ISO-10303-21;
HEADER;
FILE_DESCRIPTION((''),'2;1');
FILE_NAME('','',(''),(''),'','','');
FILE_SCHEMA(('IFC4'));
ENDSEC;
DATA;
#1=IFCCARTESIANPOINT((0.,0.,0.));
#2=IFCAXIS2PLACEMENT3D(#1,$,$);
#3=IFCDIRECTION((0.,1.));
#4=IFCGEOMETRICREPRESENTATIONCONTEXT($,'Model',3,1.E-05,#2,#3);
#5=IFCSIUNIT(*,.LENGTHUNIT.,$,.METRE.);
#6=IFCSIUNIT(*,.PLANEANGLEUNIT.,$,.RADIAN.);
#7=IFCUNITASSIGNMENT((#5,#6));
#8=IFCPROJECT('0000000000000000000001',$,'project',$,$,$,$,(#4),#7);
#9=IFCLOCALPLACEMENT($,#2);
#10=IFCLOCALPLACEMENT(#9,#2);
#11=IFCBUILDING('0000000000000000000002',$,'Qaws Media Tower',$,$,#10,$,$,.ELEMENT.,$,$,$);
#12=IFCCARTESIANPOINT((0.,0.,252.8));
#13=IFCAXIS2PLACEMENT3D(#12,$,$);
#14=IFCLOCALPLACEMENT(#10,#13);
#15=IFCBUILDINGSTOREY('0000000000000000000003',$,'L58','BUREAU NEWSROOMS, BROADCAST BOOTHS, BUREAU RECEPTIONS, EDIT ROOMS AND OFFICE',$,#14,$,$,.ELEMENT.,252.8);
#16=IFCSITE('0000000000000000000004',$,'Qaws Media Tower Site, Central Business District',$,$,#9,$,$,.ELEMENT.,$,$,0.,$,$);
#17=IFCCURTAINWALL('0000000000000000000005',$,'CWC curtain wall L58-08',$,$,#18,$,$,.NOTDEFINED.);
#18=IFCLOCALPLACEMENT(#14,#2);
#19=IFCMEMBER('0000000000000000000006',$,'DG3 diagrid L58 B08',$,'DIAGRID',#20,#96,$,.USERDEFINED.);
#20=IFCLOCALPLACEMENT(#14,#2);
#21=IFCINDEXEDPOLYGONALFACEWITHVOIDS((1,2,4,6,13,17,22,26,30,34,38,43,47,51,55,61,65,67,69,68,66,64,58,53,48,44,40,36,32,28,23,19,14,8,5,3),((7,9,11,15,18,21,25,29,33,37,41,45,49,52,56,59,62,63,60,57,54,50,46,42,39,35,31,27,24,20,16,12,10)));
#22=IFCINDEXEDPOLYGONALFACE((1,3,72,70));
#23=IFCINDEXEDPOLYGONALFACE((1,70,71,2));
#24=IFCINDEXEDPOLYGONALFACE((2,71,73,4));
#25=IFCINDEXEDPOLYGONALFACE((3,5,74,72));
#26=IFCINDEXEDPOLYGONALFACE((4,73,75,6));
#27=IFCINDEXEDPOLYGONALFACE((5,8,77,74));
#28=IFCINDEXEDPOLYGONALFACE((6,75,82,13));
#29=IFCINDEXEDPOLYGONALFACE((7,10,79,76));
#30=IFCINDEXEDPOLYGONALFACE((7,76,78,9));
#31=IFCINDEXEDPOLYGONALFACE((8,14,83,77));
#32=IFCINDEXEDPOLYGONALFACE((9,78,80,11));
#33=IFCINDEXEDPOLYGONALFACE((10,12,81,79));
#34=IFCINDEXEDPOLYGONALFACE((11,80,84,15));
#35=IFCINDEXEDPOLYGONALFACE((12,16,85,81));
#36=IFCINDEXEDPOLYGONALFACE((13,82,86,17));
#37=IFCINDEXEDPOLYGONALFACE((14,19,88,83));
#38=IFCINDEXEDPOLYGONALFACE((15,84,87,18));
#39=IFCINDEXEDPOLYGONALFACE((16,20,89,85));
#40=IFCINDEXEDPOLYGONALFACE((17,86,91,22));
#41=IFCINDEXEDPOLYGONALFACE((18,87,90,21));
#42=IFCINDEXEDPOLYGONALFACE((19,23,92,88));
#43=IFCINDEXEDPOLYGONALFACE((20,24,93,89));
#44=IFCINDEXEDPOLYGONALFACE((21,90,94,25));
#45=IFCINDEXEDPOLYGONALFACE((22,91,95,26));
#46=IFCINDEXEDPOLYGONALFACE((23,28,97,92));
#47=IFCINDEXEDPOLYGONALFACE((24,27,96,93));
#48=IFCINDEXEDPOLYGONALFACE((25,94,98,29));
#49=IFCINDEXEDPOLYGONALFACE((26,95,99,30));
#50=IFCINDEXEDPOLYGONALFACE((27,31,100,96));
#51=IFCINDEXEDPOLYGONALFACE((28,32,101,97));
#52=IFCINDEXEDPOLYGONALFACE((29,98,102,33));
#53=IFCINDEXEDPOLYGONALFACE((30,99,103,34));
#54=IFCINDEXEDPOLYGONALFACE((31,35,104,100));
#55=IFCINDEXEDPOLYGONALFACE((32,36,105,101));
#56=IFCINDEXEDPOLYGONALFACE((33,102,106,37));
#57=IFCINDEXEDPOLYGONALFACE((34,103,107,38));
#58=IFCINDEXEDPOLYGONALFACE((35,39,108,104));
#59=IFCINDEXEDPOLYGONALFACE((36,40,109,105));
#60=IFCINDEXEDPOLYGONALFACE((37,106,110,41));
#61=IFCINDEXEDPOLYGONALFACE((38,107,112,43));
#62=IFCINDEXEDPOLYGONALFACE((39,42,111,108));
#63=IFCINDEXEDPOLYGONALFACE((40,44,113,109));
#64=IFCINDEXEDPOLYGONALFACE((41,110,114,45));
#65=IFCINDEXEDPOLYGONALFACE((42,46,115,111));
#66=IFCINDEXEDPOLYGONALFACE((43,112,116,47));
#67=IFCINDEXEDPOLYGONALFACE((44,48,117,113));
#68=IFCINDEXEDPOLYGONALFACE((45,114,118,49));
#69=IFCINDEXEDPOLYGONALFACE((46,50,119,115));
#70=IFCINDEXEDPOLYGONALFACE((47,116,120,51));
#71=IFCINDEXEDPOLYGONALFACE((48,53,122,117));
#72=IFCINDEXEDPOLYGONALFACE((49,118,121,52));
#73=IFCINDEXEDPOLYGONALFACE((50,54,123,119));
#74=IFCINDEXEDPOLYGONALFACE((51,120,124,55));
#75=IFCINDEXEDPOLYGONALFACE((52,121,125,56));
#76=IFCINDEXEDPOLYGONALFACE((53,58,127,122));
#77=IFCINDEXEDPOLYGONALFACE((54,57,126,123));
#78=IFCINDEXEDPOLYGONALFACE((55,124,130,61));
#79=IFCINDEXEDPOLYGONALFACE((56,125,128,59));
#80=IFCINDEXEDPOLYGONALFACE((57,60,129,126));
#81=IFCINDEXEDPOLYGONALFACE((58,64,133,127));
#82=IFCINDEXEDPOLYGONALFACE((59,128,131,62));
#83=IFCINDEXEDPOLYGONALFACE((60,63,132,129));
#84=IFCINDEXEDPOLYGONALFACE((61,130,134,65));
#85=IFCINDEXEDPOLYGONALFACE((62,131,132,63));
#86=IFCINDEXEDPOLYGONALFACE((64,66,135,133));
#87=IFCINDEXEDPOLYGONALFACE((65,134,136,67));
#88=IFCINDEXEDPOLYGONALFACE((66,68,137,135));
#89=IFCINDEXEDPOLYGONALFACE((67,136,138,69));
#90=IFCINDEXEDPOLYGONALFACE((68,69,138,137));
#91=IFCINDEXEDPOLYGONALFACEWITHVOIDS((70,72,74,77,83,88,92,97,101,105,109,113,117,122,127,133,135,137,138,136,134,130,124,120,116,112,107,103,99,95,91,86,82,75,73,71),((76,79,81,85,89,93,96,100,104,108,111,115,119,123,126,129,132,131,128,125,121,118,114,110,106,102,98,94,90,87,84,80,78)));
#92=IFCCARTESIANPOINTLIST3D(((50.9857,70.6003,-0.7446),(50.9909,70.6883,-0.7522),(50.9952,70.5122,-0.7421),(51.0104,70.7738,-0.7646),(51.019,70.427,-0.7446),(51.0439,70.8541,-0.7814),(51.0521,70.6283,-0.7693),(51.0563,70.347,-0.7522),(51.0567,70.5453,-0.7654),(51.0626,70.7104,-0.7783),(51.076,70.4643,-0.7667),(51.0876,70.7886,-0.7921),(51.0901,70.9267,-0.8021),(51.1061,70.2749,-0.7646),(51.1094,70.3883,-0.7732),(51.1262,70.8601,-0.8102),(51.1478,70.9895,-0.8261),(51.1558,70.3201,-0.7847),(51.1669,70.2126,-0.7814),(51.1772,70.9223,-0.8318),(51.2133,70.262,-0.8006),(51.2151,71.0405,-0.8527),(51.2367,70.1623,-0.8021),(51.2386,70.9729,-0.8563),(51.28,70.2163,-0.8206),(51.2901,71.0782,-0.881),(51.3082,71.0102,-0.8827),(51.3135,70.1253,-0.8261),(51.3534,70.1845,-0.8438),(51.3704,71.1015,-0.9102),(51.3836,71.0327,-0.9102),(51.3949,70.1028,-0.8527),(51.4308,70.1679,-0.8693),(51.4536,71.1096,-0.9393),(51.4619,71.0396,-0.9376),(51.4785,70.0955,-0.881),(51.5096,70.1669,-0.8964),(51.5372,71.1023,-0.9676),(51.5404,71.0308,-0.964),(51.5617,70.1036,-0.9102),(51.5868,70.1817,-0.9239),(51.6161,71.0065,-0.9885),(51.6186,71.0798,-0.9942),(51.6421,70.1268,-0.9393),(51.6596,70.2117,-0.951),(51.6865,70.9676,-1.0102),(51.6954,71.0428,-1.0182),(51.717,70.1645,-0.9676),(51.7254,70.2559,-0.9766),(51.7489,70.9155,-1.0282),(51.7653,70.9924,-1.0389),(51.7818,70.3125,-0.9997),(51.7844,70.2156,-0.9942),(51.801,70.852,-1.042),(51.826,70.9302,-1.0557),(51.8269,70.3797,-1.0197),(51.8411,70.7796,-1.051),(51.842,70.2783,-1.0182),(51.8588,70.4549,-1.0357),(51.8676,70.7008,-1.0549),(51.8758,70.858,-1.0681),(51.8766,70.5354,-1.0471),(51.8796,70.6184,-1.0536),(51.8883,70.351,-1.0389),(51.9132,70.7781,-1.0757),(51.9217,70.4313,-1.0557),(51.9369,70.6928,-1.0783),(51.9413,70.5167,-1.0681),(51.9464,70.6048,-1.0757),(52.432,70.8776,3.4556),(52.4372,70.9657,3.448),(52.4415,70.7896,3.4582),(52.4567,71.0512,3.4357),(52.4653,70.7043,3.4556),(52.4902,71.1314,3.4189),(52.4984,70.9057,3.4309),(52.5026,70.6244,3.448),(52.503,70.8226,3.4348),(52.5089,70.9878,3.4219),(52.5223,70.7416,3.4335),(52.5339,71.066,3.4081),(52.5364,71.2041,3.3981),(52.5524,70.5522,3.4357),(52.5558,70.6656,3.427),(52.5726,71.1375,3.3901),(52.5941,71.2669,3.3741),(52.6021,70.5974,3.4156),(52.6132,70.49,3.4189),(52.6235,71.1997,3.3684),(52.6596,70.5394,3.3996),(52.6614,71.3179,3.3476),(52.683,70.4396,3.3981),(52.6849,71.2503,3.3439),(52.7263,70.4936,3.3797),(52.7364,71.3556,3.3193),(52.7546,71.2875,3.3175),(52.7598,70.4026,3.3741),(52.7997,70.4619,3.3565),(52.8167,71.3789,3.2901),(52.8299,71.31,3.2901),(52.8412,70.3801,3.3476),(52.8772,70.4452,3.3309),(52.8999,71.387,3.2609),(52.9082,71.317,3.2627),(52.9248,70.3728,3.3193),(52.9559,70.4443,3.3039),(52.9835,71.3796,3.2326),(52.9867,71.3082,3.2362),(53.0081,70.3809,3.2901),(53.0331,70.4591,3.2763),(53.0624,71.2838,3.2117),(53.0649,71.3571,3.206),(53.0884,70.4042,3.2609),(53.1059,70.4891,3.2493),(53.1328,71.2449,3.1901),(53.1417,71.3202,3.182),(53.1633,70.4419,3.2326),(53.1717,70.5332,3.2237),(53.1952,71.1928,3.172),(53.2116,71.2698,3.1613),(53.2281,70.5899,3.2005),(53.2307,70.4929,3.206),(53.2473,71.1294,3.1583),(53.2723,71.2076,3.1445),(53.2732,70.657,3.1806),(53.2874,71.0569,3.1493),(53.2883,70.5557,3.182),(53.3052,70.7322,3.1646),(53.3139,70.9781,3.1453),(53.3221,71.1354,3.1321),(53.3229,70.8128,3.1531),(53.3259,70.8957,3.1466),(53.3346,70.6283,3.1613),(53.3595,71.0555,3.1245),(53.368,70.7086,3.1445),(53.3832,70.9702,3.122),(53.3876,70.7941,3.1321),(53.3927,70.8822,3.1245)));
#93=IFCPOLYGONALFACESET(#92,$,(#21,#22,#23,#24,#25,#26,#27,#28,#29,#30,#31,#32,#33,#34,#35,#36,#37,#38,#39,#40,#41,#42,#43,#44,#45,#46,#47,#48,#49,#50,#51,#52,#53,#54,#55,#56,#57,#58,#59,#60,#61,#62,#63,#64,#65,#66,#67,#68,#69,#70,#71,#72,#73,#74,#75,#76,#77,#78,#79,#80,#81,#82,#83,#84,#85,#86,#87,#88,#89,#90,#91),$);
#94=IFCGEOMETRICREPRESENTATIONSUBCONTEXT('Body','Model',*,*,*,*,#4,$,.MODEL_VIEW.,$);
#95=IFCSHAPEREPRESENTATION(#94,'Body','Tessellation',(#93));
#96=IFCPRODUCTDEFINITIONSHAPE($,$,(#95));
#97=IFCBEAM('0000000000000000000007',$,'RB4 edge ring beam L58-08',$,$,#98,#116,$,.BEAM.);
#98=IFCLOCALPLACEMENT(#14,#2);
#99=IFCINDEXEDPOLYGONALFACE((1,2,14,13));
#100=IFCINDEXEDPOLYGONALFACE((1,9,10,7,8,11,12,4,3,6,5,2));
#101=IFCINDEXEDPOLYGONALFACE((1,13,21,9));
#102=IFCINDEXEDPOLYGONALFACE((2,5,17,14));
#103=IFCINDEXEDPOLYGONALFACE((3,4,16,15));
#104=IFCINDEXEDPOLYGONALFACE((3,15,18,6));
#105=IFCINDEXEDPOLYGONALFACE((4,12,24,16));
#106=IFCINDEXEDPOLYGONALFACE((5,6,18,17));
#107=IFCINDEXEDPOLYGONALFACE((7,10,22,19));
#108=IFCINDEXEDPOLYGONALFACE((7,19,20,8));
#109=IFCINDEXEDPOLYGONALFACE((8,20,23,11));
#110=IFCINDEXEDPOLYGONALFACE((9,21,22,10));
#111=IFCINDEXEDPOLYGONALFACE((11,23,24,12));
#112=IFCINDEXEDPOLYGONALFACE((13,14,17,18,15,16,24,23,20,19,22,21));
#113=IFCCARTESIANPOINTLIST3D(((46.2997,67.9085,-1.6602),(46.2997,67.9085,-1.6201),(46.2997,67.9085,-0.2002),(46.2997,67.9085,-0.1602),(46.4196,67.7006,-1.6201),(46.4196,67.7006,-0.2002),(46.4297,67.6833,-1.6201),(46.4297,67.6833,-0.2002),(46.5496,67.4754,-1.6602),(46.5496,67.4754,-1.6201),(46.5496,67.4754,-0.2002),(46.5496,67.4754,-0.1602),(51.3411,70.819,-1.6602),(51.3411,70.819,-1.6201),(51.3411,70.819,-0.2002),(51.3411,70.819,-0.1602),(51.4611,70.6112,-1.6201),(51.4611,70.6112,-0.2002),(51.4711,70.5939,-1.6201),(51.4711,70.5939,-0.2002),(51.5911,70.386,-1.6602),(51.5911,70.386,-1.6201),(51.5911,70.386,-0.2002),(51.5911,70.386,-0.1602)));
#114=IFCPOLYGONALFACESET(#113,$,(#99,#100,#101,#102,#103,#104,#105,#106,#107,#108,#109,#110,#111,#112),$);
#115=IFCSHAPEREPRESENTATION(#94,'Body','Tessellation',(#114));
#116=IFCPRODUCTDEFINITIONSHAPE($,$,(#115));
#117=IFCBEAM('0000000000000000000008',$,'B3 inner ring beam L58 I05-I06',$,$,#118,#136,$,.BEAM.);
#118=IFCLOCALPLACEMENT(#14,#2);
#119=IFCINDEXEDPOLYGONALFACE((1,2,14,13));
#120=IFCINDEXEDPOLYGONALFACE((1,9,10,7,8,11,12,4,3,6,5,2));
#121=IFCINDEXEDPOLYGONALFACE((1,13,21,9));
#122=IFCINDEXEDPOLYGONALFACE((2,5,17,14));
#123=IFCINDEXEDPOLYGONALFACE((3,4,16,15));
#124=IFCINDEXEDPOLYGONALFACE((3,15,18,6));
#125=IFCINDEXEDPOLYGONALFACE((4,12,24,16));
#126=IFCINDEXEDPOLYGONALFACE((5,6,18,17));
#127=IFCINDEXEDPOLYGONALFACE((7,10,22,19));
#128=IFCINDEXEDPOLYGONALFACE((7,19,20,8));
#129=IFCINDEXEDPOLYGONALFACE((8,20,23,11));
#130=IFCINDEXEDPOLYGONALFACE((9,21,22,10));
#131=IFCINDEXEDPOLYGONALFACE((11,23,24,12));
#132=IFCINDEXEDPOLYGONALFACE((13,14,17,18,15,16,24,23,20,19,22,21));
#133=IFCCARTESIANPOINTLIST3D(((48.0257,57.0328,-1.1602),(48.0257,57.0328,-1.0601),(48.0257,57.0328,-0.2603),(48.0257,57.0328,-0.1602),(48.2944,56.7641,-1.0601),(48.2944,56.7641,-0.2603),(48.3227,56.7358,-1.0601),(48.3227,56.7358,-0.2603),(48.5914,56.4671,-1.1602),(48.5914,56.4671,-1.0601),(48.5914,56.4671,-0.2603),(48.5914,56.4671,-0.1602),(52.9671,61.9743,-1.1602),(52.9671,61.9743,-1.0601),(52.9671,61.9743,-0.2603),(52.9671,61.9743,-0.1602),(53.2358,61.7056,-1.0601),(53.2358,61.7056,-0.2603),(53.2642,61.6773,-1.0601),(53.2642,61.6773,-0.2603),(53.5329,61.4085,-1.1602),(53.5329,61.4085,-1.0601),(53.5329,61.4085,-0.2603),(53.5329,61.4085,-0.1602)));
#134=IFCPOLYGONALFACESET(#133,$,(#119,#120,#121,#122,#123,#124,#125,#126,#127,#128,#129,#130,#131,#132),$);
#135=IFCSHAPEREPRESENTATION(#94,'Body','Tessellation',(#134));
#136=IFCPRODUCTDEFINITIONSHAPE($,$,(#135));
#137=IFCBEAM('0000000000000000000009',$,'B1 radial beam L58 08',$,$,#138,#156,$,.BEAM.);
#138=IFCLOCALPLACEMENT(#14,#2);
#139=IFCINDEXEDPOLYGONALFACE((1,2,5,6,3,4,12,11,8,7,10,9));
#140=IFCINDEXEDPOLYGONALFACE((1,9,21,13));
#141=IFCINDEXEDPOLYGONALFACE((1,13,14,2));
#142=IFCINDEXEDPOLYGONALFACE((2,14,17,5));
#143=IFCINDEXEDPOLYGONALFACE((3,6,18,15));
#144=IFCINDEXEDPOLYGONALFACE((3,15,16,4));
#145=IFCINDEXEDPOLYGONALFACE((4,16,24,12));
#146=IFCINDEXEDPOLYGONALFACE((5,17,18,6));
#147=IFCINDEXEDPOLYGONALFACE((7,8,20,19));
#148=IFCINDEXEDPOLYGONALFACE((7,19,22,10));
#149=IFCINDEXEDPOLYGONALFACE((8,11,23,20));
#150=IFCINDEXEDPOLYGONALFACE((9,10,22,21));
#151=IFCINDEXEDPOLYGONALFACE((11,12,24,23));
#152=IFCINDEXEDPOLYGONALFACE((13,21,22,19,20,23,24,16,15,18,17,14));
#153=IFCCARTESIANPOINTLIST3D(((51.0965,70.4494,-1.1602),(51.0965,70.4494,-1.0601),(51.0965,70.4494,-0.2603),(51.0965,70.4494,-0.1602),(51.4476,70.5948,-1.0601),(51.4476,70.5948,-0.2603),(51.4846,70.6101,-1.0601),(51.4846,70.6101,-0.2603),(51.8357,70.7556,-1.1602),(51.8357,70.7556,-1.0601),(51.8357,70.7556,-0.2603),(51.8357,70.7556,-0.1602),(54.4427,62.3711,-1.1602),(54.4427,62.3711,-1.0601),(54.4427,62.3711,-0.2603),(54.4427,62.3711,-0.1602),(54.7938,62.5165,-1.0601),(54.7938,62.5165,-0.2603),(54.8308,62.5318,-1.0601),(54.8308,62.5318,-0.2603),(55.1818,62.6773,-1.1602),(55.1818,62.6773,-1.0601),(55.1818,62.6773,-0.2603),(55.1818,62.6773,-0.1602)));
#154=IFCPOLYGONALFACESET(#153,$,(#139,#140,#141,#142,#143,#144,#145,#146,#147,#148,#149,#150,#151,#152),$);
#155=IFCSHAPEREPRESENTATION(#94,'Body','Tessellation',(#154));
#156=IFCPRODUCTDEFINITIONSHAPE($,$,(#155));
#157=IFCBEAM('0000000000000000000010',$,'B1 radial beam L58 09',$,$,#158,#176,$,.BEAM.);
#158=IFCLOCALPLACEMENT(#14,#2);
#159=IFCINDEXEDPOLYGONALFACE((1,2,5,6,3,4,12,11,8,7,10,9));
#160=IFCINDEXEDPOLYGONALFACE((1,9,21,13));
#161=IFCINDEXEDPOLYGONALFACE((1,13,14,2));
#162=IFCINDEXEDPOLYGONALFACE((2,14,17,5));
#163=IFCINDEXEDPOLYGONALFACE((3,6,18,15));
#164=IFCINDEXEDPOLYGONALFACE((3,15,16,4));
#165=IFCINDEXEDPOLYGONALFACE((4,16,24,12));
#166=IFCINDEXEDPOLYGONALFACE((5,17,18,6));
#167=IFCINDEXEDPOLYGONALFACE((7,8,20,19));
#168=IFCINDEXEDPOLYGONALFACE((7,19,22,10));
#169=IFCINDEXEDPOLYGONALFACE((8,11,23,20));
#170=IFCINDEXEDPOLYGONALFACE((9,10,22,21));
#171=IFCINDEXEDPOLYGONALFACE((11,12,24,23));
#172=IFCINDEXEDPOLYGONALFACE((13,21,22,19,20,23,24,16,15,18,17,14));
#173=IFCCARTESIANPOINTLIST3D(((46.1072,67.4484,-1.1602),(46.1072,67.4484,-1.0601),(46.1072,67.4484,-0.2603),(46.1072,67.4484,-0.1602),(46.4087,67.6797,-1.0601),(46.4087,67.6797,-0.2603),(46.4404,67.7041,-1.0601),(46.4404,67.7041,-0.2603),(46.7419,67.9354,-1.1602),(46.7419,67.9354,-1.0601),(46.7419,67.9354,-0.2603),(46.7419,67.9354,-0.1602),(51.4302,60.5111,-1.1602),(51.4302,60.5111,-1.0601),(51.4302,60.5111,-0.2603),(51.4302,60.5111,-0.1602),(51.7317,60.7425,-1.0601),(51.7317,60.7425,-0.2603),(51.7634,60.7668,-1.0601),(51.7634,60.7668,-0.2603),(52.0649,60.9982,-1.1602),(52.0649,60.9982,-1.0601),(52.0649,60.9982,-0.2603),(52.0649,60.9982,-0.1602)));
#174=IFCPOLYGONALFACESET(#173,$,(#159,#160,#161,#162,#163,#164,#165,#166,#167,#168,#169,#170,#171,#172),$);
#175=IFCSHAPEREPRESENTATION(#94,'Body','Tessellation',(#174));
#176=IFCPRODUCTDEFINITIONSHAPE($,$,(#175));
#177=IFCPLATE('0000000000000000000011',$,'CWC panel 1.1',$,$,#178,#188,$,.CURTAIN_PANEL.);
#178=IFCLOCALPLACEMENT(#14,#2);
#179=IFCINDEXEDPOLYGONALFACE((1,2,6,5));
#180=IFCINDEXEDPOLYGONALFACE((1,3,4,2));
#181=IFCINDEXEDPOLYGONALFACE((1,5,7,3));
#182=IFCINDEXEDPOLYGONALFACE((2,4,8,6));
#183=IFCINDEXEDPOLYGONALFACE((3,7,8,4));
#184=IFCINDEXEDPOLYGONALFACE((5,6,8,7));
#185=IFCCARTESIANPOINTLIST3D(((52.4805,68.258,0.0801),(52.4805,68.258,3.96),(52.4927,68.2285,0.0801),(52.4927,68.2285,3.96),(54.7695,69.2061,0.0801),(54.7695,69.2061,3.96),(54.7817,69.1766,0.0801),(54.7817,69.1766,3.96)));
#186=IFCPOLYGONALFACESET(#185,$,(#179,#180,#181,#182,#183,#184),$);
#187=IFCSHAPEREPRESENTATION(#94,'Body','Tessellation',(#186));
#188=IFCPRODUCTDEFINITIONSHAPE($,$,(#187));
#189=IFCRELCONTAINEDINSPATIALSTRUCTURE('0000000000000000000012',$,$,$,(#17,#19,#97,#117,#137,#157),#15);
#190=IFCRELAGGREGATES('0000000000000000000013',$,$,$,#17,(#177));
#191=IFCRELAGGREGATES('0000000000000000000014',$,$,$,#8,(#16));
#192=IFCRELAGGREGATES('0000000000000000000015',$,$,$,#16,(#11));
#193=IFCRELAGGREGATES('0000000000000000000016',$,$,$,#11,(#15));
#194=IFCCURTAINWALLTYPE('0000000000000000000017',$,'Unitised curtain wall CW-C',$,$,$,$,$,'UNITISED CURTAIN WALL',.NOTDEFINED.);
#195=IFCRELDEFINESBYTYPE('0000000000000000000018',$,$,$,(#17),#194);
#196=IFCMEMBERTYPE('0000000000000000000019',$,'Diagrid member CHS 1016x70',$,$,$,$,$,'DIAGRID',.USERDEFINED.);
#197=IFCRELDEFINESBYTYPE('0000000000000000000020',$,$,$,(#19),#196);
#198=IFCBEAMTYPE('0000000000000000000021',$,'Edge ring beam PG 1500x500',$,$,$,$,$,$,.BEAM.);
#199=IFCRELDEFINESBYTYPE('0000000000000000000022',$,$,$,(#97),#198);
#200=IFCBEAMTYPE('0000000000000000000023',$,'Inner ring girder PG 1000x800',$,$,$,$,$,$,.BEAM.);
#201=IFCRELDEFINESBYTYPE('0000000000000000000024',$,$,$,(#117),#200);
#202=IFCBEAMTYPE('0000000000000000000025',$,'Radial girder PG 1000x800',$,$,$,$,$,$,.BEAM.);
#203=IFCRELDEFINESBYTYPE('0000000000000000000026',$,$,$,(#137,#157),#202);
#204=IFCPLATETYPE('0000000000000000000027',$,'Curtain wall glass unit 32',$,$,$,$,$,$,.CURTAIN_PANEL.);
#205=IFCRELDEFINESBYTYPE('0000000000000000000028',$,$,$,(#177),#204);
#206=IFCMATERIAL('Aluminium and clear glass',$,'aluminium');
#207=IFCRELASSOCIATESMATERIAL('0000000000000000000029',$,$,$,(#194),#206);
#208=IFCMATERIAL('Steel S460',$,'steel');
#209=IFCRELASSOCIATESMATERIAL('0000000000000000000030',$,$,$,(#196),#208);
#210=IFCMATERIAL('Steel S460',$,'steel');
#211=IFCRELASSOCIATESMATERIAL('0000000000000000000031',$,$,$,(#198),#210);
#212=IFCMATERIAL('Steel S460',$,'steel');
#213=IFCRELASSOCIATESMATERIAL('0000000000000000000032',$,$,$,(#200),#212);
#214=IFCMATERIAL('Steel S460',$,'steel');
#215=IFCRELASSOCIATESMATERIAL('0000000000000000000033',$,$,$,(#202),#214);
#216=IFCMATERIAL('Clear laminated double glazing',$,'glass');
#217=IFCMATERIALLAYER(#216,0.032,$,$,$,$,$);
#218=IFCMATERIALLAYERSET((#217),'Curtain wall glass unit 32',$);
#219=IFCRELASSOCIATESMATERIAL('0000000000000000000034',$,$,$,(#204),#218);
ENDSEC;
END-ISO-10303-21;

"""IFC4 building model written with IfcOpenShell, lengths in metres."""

from ifc_helpers import new_model, si_unit, direction, frame, origin, origin_2d, place, context, subcontext, project, spatial, rectangle, hollow_circle, i_section, extrude, material, layer, layer_set, material_profile, profile_set, type_object, element, aggregate, save


model = new_model("IFC4")

# Units and contexts
model_context = context("Model", 3, precision=1e-05, world=origin(), true_north=direction((0.0, 1.0)))
body_context = subcontext(model_context, "Body", "Model", "MODEL_VIEW")
ifc_project = project(units=[si_unit("LENGTHUNIT", "METRE"), si_unit("PLANEANGLEUNIT", "RADIAN")], contexts=[model_context])

# Site, building, storey
site_placement = place(None, origin())
site = spatial("IfcSite", under=ifc_project, at=site_placement, Name="Qaws Media Tower Site, Central Business District", CompositionType="ELEMENT", RefElevation=0.0)
building_placement = place(site_placement, origin())
building = spatial("IfcBuilding", under=site, at=building_placement, Name="Qaws Media Tower", CompositionType="ELEMENT")
storey_placement = place(building_placement, frame((0.0, 0.0, 252.8)))
storey = spatial("IfcBuildingStorey", under=building, at=storey_placement, Name="L58", Description="BUREAU NEWSROOMS, BROADCAST BOOTHS, BUREAU RECEPTIONS, EDIT ROOMS AND OFFICE", CompositionType="ELEMENT", Elevation=252.8)

# Curtain wall
ifc_material_1 = material(Name="Aluminium and clear glass", Category="aluminium")
curtain_wall_type = type_object("IfcCurtainWallType", Name="Unitised curtain wall CW-C", ElementType="UNITISED CURTAIN WALL", PredefinedType="NOTDEFINED", material=ifc_material_1)
curtain_wall_1_placement = place(storey_placement, origin())
curtain_wall_1 = element("IfcCurtainWall", 1, at=curtain_wall_1_placement, inside=storey, type_object=curtain_wall_type, Name="CWC curtain wall L58-08", PredefinedType="NOTDEFINED")

# Member
ifc_material_2 = material(Name="Steel S460", Category="steel")
ifc_material_profile_1 = material_profile(ifc_material_2, hollow_circle(Radius=0.5081, WallThickness=0.0701, at=origin_2d()), Name="CHS 1016x70")
ifc_profile_set_1 = profile_set([ifc_material_profile_1], Name="Steel S460")
member_type_1 = type_object("IfcMemberType", Name="Diagrid member CHS 1016x70", ElementType="DIAGRID", PredefinedType="USERDEFINED", material=ifc_profile_set_1)
member_1_placement = place(storey_placement, frame((51.4661, 70.6025, -0.9102), z_axis=(0.324945, 0.062312, 0.943678), x_axis=(-0.188331, 0.982106, 0.0)))
element("IfcMember", 2, at=member_1_placement, inside=storey, type_object=member_type_1, Name="DG3 diagrid L58 B08", ObjectType="DIAGRID", PredefinedType="USERDEFINED", context=body_context, shape_type="SweptSolid", body=[
    extrude(hollow_circle(Radius=0.5081, WallThickness=0.0701, at=origin_2d()), origin(), (0.0, 0.0, 1.0), 4.4509),
])

# Beams
ifc_material_3 = material(Name="Steel S460", Category="steel")
ifc_material_profile_2 = material_profile(ifc_material_3, i_section(OverallWidth=0.5, OverallDepth=1.5, WebThickness=0.02, FlangeThickness=0.04, at=origin_2d()), Name="PG 1500x500")
ifc_profile_set_2 = profile_set([ifc_material_profile_2], Name="Steel S460")
beam_type_1 = type_object("IfcBeamType", Name="Edge ring beam PG 1500x500", PredefinedType="BEAM", material=ifc_profile_set_2)
beam_1_placement = place(storey_placement, frame((51.4661, 70.6025, -0.9102), z_axis=(-0.866031, -0.499991, 0.0), x_axis=(0.499991, -0.866031, 0.0)))
element("IfcBeam", 3, at=beam_1_placement, inside=storey, type_object=beam_type_1, Name="RB4 edge ring beam L58-08", PredefinedType="BEAM", context=body_context, shape_type="SweptSolid", body=[
    extrude(i_section(OverallWidth=0.5, OverallDepth=1.5, WebThickness=0.02, FlangeThickness=0.04, at=origin_2d()), origin(), (0.0, 0.0, 1.0), 5.8213),
])
ifc_material_4 = material(Name="Steel S460", Category="steel")
ifc_material_profile_3 = material_profile(ifc_material_4, i_section(OverallWidth=0.8, OverallDepth=1.0, WebThickness=0.04, FlangeThickness=0.1001, at=origin_2d()), Name="PG 1000x800")
ifc_profile_set_3 = profile_set([ifc_material_profile_3], Name="Steel S460")
beam_type_2 = type_object("IfcBeamType", Name="Inner ring girder PG 1000x800", PredefinedType="BEAM", material=ifc_profile_set_3)
beam_2_placement = place(storey_placement, frame((53.25, 61.6914, -0.6602), z_axis=(-0.707107, -0.707107, 0.0), x_axis=(0.707107, -0.707107, 0.0)))
element("IfcBeam", 4, at=beam_2_placement, inside=storey, type_object=beam_type_2, Name="B3 inner ring beam L58 I05-I06", PredefinedType="BEAM", context=body_context, shape_type="SweptSolid", body=[
    extrude(i_section(OverallWidth=0.8, OverallDepth=1.0, WebThickness=0.04, FlangeThickness=0.1001, at=origin_2d()), origin(), (0.0, 0.0, 1.0), 6.9883),
])
ifc_material_5 = material(Name="Steel S460", Category="steel")
ifc_material_profile_4 = material_profile(ifc_material_5, i_section(OverallWidth=0.8, OverallDepth=1.0, WebThickness=0.04, FlangeThickness=0.1001, at=origin_2d()), Name="PG 1000x800")
ifc_profile_set_4 = profile_set([ifc_material_profile_4], Name="Steel S460")
beam_type_3 = type_object("IfcBeamType", Name="Radial girder PG 1000x800", PredefinedType="BEAM", material=ifc_profile_set_4)
beam_3_placement = place(storey_placement, frame((54.8123, 62.5242, -0.6602), z_axis=(-0.382686, 0.923879, 0.0), x_axis=(-0.923879, -0.382686, 0.0)))
element("IfcBeam", 5, at=beam_3_placement, inside=storey, type_object=beam_type_3, Name="B1 radial beam L58 08", PredefinedType="BEAM", context=body_context, shape_type="SweptSolid", body=[
    extrude(i_section(OverallWidth=0.8, OverallDepth=1.0, WebThickness=0.04, FlangeThickness=0.1001, at=origin_2d()), origin(), (0.0, 0.0, 1.0), 8.7439),
])
beam_4_placement = place(storey_placement, frame((51.7476, 60.7546, -0.6602), z_axis=(-0.608751, 0.793361, 0.0), x_axis=(-0.793361, -0.608751, 0.0)))
element("IfcBeam", 6, at=beam_4_placement, inside=storey, type_object=beam_type_3, Name="B1 radial beam L58 09", PredefinedType="BEAM", context=body_context, shape_type="SweptSolid", body=[
    extrude(i_section(OverallWidth=0.8, OverallDepth=1.0, WebThickness=0.04, FlangeThickness=0.1001, at=origin_2d()), origin(), (0.0, 0.0, 1.0), 8.7441),
])

# Plate
ifc_material_6 = material(Name="Clear laminated double glazing", Category="glass")
ifc_layer_1 = layer(ifc_material_6, 0.032)
ifc_layer_set_1 = layer_set([ifc_layer_1], Name="Curtain wall glass unit 32")
plate_type = type_object("IfcPlateType", Name="Curtain wall glass unit 32", PredefinedType="CURTAIN_PANEL", material=ifc_layer_set_1)
plate_1_placement = place(storey_placement, frame((53.6311, 68.7173, 0.0801), z_axis=(0.0, 0.0, 1.0), x_axis=(-0.92388, -0.382683, 0.0)))
plate_1 = element("IfcPlate", 7, at=plate_1_placement, type_object=plate_type, Name="CWC panel 1.1", PredefinedType="CURTAIN_PANEL", context=body_context, shape_type="SweptSolid", body=[
    extrude(rectangle(XDim=2.4775, YDim=0.032, at=origin_2d()), origin(), (0.0, 0.0, 1.0), 3.8799),
])
aggregate(curtain_wall_1, [plate_1])

save(model, "model.ifc")
